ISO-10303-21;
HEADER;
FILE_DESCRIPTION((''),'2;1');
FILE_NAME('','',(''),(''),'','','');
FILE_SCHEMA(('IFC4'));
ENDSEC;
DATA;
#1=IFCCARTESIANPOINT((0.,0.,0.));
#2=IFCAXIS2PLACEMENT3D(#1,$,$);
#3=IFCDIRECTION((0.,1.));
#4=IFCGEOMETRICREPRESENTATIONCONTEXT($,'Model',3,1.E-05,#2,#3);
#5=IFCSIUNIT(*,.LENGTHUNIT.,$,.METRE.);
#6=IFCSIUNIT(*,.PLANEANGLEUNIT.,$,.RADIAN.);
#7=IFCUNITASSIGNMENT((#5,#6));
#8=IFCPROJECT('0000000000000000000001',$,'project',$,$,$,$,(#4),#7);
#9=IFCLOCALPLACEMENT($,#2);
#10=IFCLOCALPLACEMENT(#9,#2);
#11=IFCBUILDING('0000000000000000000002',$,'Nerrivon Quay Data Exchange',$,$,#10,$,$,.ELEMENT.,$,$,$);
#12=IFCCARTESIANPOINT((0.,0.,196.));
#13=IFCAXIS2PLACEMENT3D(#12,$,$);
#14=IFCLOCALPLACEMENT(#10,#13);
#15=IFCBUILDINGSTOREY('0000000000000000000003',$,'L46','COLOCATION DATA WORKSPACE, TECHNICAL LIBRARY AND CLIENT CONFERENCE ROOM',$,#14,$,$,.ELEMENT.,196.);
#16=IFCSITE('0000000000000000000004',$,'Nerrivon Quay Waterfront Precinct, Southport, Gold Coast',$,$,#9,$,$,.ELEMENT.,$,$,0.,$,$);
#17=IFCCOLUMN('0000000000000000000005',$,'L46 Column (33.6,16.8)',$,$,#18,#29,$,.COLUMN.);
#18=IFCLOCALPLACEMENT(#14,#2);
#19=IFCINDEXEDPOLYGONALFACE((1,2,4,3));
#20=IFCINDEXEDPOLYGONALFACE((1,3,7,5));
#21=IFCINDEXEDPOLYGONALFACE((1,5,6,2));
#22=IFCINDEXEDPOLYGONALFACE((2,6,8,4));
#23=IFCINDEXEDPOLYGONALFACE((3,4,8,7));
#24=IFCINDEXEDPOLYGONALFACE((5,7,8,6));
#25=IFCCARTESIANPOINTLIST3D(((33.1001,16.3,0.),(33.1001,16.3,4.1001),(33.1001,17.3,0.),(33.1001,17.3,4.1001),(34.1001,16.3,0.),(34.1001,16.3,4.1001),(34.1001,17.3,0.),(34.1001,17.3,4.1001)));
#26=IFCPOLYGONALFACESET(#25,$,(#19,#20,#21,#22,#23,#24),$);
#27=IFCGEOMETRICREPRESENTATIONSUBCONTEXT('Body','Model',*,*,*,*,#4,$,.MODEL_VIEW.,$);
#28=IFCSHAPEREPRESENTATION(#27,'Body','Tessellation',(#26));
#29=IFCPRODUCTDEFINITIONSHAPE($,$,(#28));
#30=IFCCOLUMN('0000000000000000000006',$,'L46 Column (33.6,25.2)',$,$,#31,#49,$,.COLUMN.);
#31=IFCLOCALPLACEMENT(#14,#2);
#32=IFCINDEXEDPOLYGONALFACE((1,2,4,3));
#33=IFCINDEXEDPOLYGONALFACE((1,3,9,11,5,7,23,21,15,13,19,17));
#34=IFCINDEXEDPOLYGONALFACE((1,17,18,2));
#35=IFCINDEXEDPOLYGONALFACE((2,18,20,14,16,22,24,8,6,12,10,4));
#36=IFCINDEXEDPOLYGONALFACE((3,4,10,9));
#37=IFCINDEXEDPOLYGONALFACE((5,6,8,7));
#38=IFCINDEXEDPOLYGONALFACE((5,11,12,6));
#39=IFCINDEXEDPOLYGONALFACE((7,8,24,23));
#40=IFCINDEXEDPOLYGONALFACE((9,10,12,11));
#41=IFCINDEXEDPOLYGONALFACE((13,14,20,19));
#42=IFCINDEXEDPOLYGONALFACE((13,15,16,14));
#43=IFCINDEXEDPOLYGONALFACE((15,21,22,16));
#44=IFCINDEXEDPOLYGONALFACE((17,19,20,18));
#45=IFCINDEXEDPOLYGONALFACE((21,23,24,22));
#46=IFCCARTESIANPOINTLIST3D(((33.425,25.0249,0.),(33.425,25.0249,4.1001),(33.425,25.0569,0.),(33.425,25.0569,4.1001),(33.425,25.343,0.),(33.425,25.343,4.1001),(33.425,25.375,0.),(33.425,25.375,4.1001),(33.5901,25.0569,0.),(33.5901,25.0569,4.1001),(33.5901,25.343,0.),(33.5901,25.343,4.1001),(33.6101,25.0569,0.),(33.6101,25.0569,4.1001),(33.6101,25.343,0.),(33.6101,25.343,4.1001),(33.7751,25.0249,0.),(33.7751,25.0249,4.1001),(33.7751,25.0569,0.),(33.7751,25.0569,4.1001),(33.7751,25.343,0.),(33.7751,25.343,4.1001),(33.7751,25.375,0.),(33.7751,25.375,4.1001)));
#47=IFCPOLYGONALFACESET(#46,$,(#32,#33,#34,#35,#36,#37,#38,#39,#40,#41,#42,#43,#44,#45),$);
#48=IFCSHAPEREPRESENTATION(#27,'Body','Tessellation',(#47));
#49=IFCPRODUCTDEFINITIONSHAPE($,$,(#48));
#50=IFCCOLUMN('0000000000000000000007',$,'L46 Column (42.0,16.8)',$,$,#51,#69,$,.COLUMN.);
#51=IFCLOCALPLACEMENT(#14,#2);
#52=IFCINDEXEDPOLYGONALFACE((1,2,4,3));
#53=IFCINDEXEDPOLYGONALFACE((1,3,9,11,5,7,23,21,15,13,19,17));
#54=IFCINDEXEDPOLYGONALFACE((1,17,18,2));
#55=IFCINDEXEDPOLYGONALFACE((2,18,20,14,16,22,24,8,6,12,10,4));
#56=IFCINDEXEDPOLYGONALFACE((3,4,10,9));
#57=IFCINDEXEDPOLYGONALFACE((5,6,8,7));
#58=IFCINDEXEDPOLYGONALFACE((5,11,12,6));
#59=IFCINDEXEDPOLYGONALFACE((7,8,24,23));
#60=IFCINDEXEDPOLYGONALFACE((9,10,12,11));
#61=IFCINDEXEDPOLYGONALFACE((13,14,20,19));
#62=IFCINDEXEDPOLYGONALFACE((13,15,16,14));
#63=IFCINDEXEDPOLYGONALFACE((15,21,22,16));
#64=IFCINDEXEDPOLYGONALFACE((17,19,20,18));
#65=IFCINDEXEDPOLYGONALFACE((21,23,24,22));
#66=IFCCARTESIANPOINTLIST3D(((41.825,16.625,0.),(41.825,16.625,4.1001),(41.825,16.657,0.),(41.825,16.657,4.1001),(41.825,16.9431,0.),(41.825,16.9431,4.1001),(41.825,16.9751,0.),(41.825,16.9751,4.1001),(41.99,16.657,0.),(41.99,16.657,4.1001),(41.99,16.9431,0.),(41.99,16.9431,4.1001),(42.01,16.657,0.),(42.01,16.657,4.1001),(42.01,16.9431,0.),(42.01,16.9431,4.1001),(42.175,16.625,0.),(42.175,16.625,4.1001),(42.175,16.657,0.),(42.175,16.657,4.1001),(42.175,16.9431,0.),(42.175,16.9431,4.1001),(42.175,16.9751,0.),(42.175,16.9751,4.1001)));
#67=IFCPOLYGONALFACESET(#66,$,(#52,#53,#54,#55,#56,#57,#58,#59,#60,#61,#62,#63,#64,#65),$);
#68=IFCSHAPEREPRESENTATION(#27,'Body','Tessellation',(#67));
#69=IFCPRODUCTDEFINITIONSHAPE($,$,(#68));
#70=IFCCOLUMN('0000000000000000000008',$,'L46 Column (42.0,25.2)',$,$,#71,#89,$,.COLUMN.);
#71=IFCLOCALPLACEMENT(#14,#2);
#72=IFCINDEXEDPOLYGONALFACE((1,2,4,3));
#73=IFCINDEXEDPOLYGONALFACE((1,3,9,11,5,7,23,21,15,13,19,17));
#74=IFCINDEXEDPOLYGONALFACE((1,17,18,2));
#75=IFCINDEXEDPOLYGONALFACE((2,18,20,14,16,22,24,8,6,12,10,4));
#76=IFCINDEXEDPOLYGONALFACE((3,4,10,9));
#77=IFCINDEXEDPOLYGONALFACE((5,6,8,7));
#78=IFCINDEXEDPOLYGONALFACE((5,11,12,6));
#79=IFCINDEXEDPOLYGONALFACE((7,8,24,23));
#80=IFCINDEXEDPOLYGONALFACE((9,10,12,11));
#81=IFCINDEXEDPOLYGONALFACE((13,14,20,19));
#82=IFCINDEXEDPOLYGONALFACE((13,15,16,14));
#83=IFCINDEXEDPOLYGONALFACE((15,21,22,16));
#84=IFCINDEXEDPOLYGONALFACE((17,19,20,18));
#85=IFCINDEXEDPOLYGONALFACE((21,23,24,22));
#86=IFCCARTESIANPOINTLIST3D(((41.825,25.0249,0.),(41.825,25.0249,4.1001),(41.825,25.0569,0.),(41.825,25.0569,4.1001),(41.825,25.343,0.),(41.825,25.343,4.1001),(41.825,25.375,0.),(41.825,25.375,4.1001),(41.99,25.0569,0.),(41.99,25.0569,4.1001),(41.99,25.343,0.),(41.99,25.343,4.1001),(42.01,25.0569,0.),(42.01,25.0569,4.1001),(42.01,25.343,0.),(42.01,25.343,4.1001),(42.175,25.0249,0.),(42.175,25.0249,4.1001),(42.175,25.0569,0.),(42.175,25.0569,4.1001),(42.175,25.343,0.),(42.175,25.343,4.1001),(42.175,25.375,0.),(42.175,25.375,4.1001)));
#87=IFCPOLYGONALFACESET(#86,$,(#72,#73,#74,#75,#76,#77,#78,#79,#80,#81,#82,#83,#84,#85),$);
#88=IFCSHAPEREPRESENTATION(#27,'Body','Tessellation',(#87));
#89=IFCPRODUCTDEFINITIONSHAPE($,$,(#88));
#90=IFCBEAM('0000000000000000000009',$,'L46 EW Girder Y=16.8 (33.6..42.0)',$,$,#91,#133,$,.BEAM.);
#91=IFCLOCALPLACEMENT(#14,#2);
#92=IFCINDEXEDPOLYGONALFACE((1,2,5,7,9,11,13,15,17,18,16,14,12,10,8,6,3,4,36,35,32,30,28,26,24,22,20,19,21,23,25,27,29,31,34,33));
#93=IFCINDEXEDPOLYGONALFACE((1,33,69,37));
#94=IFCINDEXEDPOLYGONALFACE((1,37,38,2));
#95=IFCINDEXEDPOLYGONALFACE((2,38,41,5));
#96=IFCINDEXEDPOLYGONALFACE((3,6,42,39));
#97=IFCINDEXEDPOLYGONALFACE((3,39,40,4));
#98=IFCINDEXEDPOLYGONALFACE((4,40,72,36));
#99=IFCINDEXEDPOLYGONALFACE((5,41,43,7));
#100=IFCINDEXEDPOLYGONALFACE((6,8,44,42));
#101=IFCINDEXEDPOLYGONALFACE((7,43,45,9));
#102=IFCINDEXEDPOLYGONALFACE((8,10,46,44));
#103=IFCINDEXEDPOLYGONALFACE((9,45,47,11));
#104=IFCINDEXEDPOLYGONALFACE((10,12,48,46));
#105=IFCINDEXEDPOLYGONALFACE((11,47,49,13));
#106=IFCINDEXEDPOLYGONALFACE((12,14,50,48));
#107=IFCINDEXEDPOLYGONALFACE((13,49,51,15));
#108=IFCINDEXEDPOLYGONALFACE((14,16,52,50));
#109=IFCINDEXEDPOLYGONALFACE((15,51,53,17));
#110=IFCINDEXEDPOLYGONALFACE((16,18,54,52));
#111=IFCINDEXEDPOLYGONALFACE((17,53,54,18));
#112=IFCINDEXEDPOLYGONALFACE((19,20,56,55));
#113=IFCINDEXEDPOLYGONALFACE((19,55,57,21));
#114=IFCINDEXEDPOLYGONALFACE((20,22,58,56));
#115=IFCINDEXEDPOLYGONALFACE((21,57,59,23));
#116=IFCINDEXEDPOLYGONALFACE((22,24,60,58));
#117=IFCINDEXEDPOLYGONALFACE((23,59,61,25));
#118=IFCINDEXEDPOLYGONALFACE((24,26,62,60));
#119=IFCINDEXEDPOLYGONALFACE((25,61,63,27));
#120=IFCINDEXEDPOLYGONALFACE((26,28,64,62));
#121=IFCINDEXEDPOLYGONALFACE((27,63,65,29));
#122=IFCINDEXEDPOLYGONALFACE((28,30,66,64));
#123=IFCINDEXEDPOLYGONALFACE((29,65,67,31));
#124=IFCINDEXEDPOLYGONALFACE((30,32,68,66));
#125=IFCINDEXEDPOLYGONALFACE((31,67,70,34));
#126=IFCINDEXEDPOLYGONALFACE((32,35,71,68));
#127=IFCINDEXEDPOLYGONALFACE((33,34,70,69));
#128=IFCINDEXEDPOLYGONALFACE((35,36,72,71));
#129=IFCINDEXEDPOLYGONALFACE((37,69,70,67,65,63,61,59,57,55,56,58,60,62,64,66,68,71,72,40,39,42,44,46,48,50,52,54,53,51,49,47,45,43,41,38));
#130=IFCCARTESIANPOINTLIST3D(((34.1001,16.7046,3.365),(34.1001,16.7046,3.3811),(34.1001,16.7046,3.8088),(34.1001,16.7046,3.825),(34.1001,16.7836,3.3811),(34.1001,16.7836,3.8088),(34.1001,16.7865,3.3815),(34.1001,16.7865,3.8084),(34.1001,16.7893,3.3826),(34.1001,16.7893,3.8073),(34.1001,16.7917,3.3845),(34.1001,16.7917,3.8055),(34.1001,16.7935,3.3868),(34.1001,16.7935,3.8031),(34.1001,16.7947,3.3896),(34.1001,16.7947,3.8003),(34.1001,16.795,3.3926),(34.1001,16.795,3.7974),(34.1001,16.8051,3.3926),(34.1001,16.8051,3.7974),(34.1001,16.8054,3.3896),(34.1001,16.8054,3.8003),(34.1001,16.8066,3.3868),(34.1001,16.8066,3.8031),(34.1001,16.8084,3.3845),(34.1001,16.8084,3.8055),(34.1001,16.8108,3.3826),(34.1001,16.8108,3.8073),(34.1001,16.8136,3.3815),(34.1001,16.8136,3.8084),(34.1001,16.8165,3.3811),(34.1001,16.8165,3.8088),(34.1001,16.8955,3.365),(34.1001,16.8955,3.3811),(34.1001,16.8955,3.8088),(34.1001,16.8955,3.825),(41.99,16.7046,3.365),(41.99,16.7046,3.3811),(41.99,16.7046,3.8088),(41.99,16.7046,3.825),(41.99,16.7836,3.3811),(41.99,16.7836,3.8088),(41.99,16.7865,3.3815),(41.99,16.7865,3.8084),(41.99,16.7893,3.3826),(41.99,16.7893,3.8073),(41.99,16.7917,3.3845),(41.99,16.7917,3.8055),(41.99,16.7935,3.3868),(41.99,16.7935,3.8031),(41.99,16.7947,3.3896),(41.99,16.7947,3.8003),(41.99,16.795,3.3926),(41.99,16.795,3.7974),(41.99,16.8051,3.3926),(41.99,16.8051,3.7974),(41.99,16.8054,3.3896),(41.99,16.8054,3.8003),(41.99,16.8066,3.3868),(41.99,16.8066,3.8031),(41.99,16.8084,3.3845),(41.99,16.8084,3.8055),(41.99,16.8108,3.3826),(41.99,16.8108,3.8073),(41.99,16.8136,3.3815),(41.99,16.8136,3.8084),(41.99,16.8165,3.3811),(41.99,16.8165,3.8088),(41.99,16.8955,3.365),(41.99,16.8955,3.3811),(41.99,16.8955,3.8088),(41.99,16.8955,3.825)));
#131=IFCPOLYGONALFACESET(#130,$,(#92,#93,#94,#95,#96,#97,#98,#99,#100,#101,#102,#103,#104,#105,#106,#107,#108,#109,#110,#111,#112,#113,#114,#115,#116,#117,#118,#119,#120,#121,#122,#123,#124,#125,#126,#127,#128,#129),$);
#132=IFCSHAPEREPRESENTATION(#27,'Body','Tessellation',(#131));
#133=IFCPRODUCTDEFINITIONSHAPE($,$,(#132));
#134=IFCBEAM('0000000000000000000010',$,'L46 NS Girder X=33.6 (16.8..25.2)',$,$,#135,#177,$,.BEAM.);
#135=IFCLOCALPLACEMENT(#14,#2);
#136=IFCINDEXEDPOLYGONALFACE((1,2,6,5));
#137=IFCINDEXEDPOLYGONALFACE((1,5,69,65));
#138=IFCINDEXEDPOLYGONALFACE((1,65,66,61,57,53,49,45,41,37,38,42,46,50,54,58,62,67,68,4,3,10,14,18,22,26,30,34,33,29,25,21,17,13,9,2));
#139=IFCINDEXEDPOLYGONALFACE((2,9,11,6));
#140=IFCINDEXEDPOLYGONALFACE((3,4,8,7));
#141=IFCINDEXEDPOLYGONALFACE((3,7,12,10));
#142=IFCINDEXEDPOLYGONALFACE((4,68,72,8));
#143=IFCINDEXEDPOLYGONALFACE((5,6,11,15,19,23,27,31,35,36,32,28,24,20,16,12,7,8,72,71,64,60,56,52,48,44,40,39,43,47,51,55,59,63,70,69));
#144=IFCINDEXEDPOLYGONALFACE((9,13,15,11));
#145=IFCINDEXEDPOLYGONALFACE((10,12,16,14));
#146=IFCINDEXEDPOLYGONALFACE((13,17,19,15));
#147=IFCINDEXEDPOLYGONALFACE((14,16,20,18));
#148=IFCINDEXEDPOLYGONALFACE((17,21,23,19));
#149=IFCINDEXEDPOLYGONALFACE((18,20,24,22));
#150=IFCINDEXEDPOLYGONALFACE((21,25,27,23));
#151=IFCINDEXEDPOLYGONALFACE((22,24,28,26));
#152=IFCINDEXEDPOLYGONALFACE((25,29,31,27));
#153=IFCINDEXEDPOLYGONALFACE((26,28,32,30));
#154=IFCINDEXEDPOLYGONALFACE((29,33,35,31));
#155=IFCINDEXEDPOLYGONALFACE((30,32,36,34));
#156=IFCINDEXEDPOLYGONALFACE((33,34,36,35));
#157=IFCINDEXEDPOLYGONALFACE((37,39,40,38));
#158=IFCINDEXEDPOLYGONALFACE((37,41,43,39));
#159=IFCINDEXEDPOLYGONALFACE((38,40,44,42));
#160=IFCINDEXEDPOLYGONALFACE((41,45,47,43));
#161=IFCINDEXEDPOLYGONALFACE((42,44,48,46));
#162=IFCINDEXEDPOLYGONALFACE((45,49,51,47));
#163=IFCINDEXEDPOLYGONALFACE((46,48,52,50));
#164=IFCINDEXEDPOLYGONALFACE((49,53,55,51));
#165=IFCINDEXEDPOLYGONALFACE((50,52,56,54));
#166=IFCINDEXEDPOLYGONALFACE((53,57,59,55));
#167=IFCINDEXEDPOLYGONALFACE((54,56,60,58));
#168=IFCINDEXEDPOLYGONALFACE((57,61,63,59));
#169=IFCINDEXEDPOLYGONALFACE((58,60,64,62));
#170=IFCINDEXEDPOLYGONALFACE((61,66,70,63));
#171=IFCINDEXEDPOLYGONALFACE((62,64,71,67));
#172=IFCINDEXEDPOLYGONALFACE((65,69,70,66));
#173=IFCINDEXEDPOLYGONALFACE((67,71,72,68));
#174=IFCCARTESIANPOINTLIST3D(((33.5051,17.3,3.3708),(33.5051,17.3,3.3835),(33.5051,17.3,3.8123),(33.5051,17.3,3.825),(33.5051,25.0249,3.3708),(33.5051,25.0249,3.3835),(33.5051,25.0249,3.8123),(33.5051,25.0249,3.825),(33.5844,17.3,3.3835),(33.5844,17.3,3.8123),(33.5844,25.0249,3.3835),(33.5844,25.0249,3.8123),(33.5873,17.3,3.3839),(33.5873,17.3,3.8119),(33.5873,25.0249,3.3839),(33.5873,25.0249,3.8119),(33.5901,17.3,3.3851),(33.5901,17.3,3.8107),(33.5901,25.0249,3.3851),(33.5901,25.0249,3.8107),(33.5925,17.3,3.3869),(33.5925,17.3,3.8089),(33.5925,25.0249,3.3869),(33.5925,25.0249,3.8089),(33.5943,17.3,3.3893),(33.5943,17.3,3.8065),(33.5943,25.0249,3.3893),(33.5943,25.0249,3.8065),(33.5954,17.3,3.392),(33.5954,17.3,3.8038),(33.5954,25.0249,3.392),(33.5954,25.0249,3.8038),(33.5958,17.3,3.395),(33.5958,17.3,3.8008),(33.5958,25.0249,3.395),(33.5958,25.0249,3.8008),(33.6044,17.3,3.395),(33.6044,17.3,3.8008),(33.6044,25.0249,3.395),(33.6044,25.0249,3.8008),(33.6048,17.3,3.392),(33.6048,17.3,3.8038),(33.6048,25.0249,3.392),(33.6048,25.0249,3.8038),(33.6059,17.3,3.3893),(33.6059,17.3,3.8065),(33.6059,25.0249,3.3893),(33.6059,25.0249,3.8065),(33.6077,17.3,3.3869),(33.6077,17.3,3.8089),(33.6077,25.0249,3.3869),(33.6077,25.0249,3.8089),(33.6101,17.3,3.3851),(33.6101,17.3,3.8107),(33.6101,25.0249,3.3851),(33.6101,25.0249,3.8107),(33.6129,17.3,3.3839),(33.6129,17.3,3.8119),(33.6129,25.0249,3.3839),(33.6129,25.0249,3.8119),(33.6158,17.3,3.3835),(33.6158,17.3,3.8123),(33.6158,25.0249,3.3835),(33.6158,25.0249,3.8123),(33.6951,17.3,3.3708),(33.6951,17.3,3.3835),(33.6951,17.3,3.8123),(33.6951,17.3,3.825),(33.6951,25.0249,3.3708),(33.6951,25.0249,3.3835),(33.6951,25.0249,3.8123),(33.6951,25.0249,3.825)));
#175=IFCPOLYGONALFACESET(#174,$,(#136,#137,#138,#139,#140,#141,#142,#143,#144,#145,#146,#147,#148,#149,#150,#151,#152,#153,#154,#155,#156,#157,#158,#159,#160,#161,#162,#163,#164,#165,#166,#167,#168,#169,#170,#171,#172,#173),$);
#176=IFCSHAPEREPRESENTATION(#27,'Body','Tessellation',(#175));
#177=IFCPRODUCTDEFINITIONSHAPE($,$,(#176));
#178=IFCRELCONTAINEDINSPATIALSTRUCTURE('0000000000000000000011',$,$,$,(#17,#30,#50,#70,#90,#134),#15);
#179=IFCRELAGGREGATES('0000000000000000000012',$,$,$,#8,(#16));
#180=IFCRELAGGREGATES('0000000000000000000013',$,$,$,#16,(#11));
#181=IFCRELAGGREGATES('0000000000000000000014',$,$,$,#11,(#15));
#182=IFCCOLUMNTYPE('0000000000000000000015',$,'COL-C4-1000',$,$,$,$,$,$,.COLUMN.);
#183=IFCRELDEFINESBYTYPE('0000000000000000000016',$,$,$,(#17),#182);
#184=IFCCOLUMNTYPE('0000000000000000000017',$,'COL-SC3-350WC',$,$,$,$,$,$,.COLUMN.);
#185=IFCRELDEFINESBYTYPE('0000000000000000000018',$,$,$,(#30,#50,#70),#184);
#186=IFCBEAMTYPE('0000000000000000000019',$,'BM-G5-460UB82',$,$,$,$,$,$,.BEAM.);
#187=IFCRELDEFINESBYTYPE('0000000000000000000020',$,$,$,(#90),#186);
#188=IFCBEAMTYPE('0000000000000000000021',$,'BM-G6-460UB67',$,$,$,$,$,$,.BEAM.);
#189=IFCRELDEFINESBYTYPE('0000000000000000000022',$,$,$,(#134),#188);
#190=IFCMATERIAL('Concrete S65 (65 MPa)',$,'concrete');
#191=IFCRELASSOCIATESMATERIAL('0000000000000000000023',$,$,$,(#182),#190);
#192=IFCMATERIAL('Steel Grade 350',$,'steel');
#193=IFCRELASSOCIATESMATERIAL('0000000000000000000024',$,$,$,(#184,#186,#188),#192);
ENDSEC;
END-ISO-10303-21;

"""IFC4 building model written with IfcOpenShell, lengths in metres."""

from ifc_helpers import new_model, si_unit, direction, frame, origin, origin_2d, place, context, subcontext, project, spatial, rectangle, i_section, extrude, material, material_profile, profile_set, type_object, element, save


model = new_model("IFC4")

# Units and contexts
model_context = context("Model", 3, precision=1e-05, world=origin(), true_north=direction((0.0, 1.0)))
body_context = subcontext(model_context, "Body", "Model", "MODEL_VIEW")
ifc_project = project(units=[si_unit("LENGTHUNIT", "METRE"), si_unit("PLANEANGLEUNIT", "RADIAN")], contexts=[model_context])

# Site, building, storey
site_placement = place(None, origin())
site = spatial("IfcSite", under=ifc_project, at=site_placement, Name="Nerrivon Quay Waterfront Precinct, Southport, Gold Coast", CompositionType="ELEMENT", RefElevation=0.0)
building_placement = place(site_placement, origin())
building = spatial("IfcBuilding", under=site, at=building_placement, Name="Nerrivon Quay Data Exchange", CompositionType="ELEMENT")
storey_placement = place(building_placement, frame((0.0, 0.0, 196.0)))
storey = spatial("IfcBuildingStorey", under=building, at=storey_placement, Name="L46", Description="COLOCATION DATA WORKSPACE, TECHNICAL LIBRARY AND CLIENT CONFERENCE ROOM", CompositionType="ELEMENT", Elevation=196.0)

# Columns
ifc_material_1 = material(Name="Concrete S65 (65 MPa)", Category="concrete")
ifc_material_profile_1 = material_profile(ifc_material_1, rectangle(XDim=1.0, YDim=1.0, at=origin_2d()), Name="RC-COL-1000x1000")
ifc_profile_set_1 = profile_set([ifc_material_profile_1], Name="Concrete S65 (65 MPa)")
column_type_1 = type_object("IfcColumnType", Name="COL-C4-1000", PredefinedType="COLUMN", material=ifc_profile_set_1)
column_placement = place(storey_placement, frame((33.6001, 16.8, 0.0), z_axis=(0.0, 0.0, 1.0), x_axis=(1.0, 0.0, 0.0)))
element("IfcColumn", 1, at=column_placement, inside=storey, type_object=column_type_1, Name="L46 Column (33.6,16.8)", PredefinedType="COLUMN", context=body_context, shape_type="SweptSolid", body=[
    extrude(rectangle(XDim=1.0, YDim=1.0, at=origin_2d()), origin(), (0.0, 0.0, 1.0), 4.1001),
])
ifc_material_2 = material(Name="Steel Grade 350", Category="steel")
ifc_material_profile_2 = material_profile(ifc_material_2, i_section(OverallWidth=0.3501, OverallDepth=0.3501, WebThickness=0.02, FlangeThickness=0.032, at=origin_2d()), Name="350WC230")
ifc_profile_set_2 = profile_set([ifc_material_profile_2], Name="Steel Grade 350")
column_type_2 = type_object("IfcColumnType", Name="COL-SC3-350WC", PredefinedType="COLUMN", material=ifc_profile_set_2)
for number, where, z_axis, x_axis, name in (
    (2, (33.6001, 25.2, 0.0), (0.0, 0.0, 1.0), (1.0, 0.0, 0.0), "L46 Column (33.6,25.2)"),
    (3, (42.0, 16.8, 0.0), (0.0, 0.0, 1.0), (1.0, 0.0, 0.0), "L46 Column (42.0,16.8)"),
    (4, (42.0, 25.2, 0.0), (0.0, 0.0, 1.0), (1.0, 0.0, 0.0), "L46 Column (42.0,25.2)"),
):
    element("IfcColumn", number, at=place(storey_placement, frame(where, z_axis=z_axis, x_axis=x_axis)), inside=storey, type_object=column_type_2, Name=name, PredefinedType="COLUMN", context=body_context, shape_type="SweptSolid", body=[
        extrude(i_section(OverallWidth=0.3501, OverallDepth=0.3501, WebThickness=0.02, FlangeThickness=0.032, at=origin_2d()), origin(), (0.0, 0.0, 1.0), 4.1001),
    ])

# Beams
ifc_material_profile_3 = material_profile(ifc_material_2, i_section(OverallWidth=0.1909, OverallDepth=0.46, WebThickness=0.01, FlangeThickness=0.0161, FilletRadius=0.0115, at=origin_2d()), Name="460UB82.1")
ifc_profile_set_3 = profile_set([ifc_material_profile_3], Name="Steel Grade 350")
beam_type_1 = type_object("IfcBeamType", Name="BM-G5-460UB82", PredefinedType="BEAM", material=ifc_profile_set_3)
beam_1_placement = place(storey_placement, frame((34.1001, 16.8, 3.595), z_axis=(1.0, 0.0, 0.0), x_axis=(0.0, 1.0, 0.0)))
element("IfcBeam", 5, at=beam_1_placement, inside=storey, type_object=beam_type_1, Name="L46 EW Girder Y=16.8 (33.6..42.0)", PredefinedType="BEAM", context=body_context, shape_type="SweptSolid", body=[
    extrude(i_section(OverallWidth=0.1909, OverallDepth=0.46, WebThickness=0.01, FlangeThickness=0.0161, FilletRadius=0.0115, at=origin_2d()), origin(), (0.0, 0.0, 1.0), 7.8899),
])
ifc_material_profile_4 = material_profile(ifc_material_2, i_section(OverallWidth=0.1899, OverallDepth=0.4541, WebThickness=0.0085, FlangeThickness=0.0127, FilletRadius=0.0115, at=origin_2d()), Name="460UB67.1")
ifc_profile_set_4 = profile_set([ifc_material_profile_4], Name="Steel Grade 350")
beam_type_2 = type_object("IfcBeamType", Name="BM-G6-460UB67", PredefinedType="BEAM", material=ifc_profile_set_4)
beam_2_placement = place(storey_placement, frame((33.6001, 17.3, 3.5979), z_axis=(0.0, 1.0, 0.0), x_axis=(-1.0, 0.0, 0.0)))
element("IfcBeam", 6, at=beam_2_placement, inside=storey, type_object=beam_type_2, Name="L46 NS Girder X=33.6 (16.8..25.2)", PredefinedType="BEAM", context=body_context, shape_type="SweptSolid", body=[
    extrude(i_section(OverallWidth=0.1899, OverallDepth=0.4541, WebThickness=0.0085, FlangeThickness=0.0127, FilletRadius=0.0115, at=origin_2d()), origin(), (0.0, 0.0, 1.0), 7.7249),
])

save(model, "model.ifc")
